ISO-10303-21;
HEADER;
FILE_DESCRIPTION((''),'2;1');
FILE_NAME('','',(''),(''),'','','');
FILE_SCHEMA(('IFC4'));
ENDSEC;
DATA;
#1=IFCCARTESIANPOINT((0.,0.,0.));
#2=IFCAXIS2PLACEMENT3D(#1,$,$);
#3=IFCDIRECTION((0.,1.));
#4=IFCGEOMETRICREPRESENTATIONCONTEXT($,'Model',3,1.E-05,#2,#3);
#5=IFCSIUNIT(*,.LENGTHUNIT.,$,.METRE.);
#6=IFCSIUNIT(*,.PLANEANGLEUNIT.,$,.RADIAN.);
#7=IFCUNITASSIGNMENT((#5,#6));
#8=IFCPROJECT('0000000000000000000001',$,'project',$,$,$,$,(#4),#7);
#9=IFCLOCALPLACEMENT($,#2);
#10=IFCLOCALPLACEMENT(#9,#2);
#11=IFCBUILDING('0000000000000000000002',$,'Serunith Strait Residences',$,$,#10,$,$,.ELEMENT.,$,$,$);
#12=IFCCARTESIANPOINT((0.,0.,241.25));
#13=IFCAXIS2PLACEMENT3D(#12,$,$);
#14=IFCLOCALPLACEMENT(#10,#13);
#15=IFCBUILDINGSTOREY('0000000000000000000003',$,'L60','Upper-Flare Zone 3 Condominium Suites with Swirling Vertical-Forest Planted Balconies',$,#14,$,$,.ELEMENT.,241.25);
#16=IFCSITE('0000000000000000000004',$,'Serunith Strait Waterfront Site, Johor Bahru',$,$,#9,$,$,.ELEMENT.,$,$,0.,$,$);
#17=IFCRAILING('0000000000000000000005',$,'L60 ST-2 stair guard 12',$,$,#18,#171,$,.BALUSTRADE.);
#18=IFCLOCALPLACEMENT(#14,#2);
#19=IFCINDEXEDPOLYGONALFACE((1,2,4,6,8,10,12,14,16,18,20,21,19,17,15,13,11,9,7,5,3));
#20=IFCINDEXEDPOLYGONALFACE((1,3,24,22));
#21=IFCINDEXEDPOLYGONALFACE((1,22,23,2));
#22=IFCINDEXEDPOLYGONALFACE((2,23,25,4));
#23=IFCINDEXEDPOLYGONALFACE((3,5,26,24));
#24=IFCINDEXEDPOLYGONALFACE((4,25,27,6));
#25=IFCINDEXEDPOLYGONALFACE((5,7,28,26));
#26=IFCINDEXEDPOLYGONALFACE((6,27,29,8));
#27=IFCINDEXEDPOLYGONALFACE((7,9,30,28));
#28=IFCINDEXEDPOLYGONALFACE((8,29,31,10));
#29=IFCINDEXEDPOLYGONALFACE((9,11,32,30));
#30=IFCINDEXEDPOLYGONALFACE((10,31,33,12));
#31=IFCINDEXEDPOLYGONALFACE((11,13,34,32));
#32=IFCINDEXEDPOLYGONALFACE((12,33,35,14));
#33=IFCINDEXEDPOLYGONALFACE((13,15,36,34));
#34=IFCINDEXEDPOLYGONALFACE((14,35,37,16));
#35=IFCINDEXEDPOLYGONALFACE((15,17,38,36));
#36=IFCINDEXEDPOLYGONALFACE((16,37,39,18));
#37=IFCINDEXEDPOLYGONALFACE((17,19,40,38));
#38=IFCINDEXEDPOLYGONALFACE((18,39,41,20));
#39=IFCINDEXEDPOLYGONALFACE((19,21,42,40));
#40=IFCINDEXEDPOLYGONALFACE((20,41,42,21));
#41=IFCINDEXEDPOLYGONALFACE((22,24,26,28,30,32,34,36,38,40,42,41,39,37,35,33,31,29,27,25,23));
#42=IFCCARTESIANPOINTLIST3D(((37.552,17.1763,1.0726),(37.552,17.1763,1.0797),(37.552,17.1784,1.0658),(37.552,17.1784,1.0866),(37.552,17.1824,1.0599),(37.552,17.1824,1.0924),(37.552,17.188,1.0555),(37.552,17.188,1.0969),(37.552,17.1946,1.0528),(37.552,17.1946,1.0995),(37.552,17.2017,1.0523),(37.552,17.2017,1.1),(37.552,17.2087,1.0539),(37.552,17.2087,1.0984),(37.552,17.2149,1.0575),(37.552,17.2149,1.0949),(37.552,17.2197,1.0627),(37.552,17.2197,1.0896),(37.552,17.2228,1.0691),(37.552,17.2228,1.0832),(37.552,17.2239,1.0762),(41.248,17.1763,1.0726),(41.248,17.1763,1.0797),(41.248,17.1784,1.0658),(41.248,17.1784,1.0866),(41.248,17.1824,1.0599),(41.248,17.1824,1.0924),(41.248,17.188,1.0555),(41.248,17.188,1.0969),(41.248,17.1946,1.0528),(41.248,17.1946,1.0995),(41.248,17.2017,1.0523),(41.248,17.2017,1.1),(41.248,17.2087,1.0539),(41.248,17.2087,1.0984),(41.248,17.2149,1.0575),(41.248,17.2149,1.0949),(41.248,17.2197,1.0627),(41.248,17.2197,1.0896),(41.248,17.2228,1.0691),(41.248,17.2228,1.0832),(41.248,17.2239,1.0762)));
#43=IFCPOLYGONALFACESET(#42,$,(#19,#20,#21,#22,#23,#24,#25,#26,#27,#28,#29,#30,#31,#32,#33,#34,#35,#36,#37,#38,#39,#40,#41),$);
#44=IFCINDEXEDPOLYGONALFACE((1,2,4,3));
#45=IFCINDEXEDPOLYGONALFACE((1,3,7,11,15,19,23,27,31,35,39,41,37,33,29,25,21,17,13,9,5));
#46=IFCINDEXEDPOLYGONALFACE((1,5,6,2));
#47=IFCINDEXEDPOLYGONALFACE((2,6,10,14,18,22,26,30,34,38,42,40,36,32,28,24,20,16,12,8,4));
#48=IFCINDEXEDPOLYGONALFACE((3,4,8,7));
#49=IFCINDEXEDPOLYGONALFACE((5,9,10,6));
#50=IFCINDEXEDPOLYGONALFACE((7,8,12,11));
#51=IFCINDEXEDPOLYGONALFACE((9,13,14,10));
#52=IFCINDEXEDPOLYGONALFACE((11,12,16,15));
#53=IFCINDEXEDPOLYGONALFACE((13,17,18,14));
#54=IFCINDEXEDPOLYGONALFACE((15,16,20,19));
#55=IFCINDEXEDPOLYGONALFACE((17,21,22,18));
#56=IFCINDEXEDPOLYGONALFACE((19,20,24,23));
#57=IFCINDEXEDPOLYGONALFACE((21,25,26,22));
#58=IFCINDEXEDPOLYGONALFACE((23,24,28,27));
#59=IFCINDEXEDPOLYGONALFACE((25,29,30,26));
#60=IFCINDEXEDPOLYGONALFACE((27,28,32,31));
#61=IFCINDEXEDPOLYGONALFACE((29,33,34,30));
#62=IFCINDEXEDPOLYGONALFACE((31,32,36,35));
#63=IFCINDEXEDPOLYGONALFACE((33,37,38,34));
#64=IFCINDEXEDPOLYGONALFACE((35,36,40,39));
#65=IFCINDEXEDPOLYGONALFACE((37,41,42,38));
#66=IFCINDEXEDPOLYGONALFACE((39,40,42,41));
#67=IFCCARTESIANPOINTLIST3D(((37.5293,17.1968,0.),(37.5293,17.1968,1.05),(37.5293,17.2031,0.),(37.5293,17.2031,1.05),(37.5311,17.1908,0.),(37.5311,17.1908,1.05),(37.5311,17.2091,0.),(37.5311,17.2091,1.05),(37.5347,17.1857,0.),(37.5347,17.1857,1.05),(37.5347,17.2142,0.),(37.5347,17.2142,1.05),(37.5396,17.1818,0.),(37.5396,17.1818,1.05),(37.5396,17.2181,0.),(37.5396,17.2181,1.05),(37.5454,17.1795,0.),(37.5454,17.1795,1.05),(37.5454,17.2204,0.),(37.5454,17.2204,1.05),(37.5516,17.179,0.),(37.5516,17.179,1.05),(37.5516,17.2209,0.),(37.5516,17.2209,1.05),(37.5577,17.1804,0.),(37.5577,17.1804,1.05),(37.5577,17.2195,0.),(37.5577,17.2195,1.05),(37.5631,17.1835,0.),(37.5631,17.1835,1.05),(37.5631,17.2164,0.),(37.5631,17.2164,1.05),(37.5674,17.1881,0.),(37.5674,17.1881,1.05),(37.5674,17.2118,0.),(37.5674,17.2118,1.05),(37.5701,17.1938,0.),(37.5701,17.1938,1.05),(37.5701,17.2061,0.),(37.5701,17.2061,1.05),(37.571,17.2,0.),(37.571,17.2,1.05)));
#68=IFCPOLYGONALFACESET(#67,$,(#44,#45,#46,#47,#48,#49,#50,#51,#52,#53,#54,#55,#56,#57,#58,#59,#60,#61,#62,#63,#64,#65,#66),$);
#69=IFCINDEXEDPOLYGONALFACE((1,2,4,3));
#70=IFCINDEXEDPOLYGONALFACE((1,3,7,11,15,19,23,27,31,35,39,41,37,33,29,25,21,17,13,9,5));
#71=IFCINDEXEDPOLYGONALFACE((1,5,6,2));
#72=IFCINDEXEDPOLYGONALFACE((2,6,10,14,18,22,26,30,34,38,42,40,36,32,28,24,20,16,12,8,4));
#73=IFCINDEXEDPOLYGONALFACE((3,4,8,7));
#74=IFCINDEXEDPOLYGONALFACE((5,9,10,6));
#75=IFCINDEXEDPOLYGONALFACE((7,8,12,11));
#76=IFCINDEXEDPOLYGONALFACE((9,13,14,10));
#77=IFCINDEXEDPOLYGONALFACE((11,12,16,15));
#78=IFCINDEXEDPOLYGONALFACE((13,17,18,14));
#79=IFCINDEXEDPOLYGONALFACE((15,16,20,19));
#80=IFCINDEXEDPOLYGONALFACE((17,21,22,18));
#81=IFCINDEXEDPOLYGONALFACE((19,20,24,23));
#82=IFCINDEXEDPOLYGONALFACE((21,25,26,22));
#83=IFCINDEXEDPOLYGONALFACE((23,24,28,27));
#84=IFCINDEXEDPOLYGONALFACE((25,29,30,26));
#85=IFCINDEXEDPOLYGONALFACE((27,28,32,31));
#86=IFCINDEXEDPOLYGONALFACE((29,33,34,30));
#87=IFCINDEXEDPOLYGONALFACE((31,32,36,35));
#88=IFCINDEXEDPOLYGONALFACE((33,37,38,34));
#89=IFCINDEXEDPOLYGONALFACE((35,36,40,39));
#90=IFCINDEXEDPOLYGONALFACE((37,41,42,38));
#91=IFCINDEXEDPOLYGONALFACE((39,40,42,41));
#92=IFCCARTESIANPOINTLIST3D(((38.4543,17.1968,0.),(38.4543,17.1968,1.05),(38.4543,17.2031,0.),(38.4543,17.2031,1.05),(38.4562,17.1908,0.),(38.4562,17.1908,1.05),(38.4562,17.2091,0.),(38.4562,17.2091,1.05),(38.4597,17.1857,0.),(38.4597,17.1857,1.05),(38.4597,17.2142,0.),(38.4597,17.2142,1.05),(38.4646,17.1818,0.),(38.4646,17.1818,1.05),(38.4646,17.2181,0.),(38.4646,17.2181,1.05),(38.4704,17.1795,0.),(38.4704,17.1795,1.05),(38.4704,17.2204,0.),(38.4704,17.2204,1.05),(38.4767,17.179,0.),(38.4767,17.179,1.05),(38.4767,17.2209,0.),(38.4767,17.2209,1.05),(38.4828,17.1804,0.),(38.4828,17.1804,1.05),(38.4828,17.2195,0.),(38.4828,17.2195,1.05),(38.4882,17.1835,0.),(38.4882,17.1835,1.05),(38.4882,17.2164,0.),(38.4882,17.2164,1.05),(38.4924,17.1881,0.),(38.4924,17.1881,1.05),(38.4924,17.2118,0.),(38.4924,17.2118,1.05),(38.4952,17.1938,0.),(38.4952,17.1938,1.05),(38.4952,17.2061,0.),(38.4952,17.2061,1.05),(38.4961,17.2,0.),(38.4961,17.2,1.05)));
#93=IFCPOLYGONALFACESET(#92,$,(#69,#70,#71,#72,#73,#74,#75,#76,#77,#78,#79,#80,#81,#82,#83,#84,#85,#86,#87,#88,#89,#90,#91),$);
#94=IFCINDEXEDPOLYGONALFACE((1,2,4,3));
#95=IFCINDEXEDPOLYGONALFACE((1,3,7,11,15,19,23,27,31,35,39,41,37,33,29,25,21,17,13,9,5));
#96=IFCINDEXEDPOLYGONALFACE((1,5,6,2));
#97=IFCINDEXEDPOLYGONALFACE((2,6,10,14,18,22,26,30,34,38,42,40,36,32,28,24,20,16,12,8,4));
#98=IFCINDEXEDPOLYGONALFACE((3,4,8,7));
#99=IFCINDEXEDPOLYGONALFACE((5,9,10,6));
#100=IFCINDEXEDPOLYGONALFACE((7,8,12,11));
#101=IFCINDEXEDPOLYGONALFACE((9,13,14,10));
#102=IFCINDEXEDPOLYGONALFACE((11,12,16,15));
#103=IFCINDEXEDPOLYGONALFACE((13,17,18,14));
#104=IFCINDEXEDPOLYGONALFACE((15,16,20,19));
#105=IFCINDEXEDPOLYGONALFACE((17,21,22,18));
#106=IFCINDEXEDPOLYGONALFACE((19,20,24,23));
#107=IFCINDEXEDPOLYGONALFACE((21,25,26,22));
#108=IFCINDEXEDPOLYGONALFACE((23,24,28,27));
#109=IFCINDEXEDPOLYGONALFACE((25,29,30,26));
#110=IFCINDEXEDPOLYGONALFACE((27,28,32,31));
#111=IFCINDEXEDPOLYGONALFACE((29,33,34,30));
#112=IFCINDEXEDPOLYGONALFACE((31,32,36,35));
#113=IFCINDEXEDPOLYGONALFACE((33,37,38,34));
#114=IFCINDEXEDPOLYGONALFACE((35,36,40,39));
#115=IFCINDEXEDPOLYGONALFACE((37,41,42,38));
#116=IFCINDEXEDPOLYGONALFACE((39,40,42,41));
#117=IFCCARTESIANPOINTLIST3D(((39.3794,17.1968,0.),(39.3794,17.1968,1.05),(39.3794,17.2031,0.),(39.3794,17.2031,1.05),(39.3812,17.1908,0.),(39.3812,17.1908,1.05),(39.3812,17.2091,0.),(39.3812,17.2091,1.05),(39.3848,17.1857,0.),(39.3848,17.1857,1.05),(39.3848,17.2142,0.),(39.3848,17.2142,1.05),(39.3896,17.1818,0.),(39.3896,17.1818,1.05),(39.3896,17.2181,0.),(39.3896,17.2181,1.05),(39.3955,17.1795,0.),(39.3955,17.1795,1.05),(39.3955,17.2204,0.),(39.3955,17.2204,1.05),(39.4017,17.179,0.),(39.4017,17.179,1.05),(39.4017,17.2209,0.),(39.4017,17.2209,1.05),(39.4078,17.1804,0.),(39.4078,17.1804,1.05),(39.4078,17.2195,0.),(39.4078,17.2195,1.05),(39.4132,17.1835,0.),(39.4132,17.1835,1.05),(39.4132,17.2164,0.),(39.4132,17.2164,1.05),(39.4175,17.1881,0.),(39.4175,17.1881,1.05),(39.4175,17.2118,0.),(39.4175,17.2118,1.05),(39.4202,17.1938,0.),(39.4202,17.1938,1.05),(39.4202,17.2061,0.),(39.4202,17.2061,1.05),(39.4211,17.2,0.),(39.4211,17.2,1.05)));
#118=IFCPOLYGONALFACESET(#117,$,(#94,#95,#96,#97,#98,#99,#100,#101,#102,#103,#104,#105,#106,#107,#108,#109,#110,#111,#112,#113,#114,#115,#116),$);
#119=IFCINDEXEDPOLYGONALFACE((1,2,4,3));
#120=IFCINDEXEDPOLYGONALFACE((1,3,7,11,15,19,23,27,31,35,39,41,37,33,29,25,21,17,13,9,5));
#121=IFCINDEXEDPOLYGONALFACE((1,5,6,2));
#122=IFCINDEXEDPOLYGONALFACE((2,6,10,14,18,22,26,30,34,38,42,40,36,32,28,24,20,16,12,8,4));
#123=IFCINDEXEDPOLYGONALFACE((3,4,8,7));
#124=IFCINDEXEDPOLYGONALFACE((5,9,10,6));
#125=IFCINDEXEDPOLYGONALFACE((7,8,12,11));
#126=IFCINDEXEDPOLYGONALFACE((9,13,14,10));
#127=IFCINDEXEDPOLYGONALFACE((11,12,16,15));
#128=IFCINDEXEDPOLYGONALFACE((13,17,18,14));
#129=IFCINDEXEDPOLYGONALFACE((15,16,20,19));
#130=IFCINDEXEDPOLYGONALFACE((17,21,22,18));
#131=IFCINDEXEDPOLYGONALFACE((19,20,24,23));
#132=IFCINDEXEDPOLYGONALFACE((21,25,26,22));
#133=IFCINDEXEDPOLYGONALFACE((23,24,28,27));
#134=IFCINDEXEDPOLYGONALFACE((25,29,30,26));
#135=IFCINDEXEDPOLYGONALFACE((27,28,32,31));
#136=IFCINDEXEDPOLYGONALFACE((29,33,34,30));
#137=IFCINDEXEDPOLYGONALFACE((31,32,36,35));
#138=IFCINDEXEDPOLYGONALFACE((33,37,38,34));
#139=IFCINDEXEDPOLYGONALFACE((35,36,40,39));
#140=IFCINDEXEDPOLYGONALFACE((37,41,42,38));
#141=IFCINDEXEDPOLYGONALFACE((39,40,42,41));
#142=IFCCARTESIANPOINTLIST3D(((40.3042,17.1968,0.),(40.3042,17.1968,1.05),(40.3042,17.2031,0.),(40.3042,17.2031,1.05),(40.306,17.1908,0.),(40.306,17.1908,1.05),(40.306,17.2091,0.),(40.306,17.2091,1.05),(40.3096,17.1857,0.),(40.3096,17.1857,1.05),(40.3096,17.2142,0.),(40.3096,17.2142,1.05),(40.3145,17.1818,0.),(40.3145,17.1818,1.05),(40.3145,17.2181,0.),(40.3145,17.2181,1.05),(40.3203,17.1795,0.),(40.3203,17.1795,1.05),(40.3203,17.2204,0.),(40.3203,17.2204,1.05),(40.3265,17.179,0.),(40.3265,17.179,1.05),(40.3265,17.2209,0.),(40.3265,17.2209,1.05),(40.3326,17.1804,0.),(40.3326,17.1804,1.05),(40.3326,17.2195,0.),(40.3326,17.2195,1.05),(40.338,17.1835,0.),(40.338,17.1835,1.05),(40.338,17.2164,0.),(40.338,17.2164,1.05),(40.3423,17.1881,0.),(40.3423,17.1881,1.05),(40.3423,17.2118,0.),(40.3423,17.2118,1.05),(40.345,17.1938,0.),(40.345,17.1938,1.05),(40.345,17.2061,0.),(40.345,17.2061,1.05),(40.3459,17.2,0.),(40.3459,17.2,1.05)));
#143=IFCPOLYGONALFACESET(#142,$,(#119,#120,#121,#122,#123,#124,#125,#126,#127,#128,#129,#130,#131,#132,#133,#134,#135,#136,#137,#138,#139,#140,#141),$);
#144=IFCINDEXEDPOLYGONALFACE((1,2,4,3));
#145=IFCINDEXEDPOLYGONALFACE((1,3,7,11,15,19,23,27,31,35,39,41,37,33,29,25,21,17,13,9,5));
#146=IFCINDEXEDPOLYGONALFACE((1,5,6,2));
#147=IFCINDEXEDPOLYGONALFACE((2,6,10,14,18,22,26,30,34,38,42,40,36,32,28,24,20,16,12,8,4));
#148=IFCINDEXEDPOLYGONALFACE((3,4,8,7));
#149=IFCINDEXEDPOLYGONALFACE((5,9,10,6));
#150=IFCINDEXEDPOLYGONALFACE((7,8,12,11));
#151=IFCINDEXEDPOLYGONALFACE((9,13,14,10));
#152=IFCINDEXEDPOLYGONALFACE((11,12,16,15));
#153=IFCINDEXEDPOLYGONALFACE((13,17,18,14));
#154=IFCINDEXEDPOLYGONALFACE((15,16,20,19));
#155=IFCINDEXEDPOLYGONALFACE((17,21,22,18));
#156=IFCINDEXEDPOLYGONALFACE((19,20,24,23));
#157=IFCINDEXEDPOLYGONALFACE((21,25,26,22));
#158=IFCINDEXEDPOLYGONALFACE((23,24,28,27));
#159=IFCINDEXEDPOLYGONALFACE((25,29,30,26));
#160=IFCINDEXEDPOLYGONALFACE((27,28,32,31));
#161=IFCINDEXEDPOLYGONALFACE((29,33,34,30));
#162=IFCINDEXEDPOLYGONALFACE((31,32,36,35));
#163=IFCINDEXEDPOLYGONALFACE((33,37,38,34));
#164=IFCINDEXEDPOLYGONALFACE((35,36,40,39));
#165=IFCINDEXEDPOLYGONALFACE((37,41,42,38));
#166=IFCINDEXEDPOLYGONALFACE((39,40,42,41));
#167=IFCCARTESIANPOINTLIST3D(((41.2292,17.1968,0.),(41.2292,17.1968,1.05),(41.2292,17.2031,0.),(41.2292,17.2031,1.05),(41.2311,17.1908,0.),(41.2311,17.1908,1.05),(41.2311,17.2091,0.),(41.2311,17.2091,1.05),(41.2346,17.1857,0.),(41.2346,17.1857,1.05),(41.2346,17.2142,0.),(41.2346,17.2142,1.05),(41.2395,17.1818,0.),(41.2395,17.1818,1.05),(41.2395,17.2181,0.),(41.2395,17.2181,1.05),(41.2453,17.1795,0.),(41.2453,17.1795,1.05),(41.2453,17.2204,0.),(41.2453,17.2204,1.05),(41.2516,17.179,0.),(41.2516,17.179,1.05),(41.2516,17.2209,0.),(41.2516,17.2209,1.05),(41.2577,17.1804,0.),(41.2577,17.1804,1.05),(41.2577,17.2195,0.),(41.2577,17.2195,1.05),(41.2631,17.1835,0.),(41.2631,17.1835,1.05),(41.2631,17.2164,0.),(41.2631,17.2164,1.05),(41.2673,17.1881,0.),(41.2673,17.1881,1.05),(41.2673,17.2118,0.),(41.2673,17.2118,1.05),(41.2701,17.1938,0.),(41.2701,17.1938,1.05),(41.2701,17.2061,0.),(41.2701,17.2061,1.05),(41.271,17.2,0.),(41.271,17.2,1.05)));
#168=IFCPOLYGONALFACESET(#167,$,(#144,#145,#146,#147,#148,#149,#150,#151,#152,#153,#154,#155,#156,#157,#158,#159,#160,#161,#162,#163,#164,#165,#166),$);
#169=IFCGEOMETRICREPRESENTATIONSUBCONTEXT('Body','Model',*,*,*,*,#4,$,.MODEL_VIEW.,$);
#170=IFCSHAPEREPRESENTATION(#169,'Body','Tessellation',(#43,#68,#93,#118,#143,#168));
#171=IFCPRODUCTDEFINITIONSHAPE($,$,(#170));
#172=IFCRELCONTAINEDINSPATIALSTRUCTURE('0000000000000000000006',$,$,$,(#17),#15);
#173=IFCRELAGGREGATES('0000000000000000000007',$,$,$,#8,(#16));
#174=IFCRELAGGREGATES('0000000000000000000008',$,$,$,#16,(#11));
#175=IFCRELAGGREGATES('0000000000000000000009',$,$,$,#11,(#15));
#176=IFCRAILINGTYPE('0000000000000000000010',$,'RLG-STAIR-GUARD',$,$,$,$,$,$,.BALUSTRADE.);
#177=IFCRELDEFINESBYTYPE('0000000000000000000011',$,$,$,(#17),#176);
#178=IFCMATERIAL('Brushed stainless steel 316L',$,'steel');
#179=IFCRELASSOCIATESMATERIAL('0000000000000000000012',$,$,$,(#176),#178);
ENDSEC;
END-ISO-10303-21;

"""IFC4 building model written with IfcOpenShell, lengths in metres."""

from ifc_helpers import new_model, si_unit, direction, frame, origin, origin_2d, place, context, subcontext, project, spatial, circle, extrude, material, type_object, element, save


model = new_model("IFC4")

# Units and contexts
model_context = context("Model", 3, precision=1e-05, world=origin(), true_north=direction((0.0, 1.0)))
body_context = subcontext(model_context, "Body", "Model", "MODEL_VIEW")
ifc_project = project(units=[si_unit("LENGTHUNIT", "METRE"), si_unit("PLANEANGLEUNIT", "RADIAN")], contexts=[model_context])

# Site, building, storey
site_placement = place(None, origin())
site = spatial("IfcSite", under=ifc_project, at=site_placement, Name="Serunith Strait Waterfront Site, Johor Bahru", CompositionType="ELEMENT", RefElevation=0.0)
building_placement = place(site_placement, origin())
building = spatial("IfcBuilding", under=site, at=building_placement, Name="Serunith Strait Residences", CompositionType="ELEMENT")
storey_placement = place(building_placement, frame((0.0, 0.0, 241.25)))
storey = spatial("IfcBuildingStorey", under=building, at=storey_placement, Name="L60", Description="Upper-Flare Zone 3 Condominium Suites with Swirling Vertical-Forest Planted Balconies", CompositionType="ELEMENT", Elevation=241.25)

# Railing
ifc_material_1 = material(Name="Brushed stainless steel 316L", Category="steel")
railing_type_1 = type_object("IfcRailingType", Name="RLG-STAIR-GUARD", PredefinedType="BALUSTRADE", material=ifc_material_1)
railing_1_placement = place(storey_placement, frame((37.55, 17.2, 0.0)))
element("IfcRailing", 1, at=railing_1_placement, inside=storey, type_object=railing_type_1, Name="L60 ST-2 stair guard 12", PredefinedType="BALUSTRADE", context=body_context, shape_type="SweptSolid", body=[
    extrude(circle(Radius=0.0239, at=origin_2d()), frame((0.002, 0.0, 1.0762), z_axis=(1.0, 0.0, 0.0), x_axis=(0.0, 1.0, 0.0)), (0.0, 0.0, 1.0), 3.696),
    extrude(circle(Radius=0.021, at=origin_2d()), origin(), (0.0, 0.0, 1.0), 1.05),
    extrude(circle(Radius=0.021, at=origin_2d()), frame((0.925, 0.0, 0.0)), (0.0, 0.0, 1.0), 1.05),
    extrude(circle(Radius=0.021, at=origin_2d()), frame((1.8501, 0.0, 0.0)), (0.0, 0.0, 1.0), 1.05),
    extrude(circle(Radius=0.021, at=origin_2d()), frame((2.7749, 0.0, 0.0)), (0.0, 0.0, 1.0), 1.05),
    extrude(circle(Radius=0.021, at=origin_2d()), frame((3.7, 0.0, 0.0)), (0.0, 0.0, 1.0), 1.05),
])

save(model, "model.ifc")
